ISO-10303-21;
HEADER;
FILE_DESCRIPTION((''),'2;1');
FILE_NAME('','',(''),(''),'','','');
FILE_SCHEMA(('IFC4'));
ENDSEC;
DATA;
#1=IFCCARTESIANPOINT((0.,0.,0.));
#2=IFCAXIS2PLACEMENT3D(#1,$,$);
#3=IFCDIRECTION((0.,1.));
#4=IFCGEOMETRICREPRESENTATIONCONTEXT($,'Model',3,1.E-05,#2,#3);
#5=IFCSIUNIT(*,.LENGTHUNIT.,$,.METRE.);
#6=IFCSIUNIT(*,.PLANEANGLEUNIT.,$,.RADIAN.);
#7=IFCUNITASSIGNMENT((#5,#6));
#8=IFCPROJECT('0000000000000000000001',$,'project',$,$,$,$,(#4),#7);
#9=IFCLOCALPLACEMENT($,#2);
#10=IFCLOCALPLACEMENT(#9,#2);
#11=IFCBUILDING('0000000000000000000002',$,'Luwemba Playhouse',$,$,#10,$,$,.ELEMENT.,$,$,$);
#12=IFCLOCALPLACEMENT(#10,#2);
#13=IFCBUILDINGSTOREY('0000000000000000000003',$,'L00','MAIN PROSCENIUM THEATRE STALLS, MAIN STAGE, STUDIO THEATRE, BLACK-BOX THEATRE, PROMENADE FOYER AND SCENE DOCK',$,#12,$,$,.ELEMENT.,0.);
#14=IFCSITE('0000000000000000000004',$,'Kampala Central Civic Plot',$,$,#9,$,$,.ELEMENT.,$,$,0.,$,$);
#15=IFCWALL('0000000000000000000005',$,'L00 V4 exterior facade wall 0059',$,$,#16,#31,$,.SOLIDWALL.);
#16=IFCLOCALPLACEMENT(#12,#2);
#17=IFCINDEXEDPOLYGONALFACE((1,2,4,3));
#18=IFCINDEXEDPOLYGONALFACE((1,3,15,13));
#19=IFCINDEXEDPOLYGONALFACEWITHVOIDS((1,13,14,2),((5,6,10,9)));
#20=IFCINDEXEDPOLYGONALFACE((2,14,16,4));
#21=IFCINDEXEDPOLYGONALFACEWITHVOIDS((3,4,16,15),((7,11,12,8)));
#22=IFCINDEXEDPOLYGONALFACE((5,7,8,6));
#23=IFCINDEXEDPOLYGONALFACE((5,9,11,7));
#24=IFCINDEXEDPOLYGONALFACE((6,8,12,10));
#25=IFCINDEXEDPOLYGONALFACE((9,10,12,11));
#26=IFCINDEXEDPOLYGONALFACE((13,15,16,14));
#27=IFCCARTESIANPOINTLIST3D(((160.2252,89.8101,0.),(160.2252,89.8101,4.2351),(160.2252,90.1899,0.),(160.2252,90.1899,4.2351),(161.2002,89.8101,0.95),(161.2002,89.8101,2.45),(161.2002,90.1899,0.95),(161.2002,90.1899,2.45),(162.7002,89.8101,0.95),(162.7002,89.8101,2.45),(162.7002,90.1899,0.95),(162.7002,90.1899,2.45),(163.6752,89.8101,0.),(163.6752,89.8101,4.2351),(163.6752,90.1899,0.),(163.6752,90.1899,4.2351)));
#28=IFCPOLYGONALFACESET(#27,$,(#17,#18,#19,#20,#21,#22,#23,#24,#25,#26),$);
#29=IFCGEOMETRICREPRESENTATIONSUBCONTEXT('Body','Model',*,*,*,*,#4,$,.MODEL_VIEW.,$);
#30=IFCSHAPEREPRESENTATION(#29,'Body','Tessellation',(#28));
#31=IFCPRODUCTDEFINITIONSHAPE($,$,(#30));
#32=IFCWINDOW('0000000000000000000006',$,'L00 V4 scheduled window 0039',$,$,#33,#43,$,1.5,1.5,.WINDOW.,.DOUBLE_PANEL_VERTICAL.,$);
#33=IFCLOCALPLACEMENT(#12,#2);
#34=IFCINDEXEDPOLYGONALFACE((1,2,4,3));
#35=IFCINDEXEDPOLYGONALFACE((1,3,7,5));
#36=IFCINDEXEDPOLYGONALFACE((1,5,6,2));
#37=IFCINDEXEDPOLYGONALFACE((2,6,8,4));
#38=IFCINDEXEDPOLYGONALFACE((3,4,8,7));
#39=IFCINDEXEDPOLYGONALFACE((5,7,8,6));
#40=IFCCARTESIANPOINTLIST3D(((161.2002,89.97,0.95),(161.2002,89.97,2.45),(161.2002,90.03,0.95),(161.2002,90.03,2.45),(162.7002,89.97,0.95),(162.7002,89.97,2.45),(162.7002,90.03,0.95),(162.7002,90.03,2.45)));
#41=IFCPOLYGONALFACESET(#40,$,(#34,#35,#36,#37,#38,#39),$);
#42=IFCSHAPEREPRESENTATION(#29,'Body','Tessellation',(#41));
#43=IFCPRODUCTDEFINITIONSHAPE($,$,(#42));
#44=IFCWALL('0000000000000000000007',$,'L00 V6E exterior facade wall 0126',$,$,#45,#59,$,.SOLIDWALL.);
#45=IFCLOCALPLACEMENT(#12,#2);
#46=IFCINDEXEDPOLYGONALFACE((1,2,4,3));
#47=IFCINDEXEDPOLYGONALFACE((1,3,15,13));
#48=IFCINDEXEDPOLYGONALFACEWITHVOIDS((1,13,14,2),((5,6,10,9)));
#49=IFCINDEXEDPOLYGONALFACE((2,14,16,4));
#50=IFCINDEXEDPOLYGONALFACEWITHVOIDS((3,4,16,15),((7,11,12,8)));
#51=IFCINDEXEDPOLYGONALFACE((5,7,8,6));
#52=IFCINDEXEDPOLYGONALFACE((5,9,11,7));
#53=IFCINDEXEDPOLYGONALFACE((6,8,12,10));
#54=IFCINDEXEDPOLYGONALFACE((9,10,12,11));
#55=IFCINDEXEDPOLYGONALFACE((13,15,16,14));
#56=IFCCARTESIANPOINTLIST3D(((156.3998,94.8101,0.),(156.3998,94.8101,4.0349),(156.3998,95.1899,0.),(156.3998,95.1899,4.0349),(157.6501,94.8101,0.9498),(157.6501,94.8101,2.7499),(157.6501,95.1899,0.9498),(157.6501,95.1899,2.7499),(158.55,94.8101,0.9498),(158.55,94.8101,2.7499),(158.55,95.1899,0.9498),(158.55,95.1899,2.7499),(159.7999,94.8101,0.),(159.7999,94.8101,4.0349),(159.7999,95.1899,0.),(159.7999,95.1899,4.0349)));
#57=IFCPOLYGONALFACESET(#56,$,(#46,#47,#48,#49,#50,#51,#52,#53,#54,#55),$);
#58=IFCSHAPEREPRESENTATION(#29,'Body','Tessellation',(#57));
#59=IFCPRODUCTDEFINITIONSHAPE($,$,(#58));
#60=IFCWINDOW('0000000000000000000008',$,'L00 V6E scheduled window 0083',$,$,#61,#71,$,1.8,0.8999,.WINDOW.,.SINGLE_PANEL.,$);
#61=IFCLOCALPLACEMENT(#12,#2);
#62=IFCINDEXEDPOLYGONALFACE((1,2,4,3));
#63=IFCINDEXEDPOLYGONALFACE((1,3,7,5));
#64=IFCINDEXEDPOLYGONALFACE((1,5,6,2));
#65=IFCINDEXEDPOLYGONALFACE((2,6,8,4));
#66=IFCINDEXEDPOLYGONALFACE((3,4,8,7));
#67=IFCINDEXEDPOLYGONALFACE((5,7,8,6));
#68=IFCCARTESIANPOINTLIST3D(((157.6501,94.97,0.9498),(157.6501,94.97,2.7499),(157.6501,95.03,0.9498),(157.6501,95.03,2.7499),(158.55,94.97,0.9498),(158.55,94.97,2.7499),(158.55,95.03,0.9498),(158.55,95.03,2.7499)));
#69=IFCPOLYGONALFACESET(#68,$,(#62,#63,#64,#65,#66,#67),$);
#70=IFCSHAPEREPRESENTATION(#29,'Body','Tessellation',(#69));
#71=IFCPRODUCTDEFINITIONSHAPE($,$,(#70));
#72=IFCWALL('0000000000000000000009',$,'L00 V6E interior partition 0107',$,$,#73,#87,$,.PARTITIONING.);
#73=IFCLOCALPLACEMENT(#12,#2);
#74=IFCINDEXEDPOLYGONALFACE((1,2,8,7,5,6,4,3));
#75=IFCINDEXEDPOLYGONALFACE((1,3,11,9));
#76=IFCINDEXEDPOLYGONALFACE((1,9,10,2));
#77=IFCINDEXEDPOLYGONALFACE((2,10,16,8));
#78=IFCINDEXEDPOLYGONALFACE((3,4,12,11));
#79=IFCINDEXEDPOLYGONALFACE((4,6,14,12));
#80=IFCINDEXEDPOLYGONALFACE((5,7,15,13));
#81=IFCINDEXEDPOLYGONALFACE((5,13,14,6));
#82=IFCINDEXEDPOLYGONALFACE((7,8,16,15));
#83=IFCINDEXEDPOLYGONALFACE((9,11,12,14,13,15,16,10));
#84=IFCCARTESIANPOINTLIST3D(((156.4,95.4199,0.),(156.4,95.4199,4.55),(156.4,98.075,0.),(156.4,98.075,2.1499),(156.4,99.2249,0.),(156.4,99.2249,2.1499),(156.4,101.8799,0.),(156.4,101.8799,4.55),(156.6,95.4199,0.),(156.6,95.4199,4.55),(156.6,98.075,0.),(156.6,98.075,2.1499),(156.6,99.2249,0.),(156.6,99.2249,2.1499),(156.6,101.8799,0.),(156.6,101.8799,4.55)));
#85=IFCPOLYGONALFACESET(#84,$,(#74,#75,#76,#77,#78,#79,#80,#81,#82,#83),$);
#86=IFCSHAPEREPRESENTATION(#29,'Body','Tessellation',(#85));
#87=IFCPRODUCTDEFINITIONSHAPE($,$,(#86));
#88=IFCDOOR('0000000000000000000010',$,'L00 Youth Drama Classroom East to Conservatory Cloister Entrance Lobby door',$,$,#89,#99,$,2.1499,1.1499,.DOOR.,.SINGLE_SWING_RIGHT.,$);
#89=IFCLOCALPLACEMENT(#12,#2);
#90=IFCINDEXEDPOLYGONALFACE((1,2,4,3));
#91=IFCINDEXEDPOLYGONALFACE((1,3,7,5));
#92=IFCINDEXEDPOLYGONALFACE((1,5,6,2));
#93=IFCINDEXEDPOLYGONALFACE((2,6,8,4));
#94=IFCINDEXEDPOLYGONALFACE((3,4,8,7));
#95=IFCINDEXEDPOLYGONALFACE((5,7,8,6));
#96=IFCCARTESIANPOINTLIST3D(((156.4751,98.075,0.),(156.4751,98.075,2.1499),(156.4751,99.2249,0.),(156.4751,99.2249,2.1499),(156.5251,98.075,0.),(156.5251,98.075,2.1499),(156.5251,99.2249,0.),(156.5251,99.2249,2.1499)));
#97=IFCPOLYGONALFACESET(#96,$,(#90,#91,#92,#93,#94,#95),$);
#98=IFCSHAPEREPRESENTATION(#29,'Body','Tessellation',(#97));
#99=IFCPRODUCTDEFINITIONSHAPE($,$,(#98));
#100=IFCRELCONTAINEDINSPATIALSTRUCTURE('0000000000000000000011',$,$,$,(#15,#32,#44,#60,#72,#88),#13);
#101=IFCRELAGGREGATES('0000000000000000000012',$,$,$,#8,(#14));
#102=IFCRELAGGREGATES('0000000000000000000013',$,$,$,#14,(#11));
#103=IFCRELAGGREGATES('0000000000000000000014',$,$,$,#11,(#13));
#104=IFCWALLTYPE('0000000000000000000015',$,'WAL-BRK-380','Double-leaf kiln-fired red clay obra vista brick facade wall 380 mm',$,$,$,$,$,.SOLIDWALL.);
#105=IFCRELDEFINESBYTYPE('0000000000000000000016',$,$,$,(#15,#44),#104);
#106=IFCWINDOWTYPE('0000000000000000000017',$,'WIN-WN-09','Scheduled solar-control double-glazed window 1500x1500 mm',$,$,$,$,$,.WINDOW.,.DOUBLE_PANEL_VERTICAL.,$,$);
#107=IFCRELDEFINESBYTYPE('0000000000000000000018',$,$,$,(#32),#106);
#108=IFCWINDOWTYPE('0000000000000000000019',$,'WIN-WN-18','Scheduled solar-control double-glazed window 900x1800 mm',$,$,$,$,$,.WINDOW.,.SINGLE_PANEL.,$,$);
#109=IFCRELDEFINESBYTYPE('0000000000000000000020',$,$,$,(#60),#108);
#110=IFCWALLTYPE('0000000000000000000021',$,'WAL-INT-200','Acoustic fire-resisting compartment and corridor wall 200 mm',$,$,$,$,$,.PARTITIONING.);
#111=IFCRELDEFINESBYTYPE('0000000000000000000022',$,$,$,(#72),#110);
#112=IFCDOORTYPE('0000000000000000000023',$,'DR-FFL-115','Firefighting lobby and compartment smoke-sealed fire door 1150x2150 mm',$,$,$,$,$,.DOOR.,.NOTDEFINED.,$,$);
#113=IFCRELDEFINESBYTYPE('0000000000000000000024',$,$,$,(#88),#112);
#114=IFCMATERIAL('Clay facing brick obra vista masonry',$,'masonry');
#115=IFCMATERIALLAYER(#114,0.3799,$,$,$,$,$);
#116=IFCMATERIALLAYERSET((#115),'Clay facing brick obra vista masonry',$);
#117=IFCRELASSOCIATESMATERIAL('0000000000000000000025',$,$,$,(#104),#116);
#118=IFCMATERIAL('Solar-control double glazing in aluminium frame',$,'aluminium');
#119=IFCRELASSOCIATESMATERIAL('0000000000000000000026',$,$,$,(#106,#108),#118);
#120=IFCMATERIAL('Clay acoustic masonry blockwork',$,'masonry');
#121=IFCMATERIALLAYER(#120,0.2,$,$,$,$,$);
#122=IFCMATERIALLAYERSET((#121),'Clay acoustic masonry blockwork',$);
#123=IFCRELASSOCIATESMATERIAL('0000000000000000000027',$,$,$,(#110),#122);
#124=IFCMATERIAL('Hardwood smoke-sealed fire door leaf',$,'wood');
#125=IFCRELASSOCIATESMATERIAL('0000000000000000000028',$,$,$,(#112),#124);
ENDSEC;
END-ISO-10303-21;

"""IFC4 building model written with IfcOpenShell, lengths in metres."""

from ifc_helpers import new_model, si_unit, direction, frame, frame_2d, origin, place, context, subcontext, project, spatial, rectangle, extrude, material, layer, layer_set, type_object, element, fill, save


model = new_model("IFC4")

# Units and contexts
model_context = context("Model", 3, precision=1e-05, world=origin(), true_north=direction((0.0, 1.0)))
body_context = subcontext(model_context, "Body", "Model", "MODEL_VIEW")
ifc_project = project(units=[si_unit("LENGTHUNIT", "METRE"), si_unit("PLANEANGLEUNIT", "RADIAN")], contexts=[model_context])

# Site, building, storey
site_placement = place(None, origin())
site = spatial("IfcSite", under=ifc_project, at=site_placement, Name="Kampala Central Civic Plot", CompositionType="ELEMENT", RefElevation=0.0)
building_placement = place(site_placement, origin())
building = spatial("IfcBuilding", under=site, at=building_placement, Name="Luwemba Playhouse", CompositionType="ELEMENT")
storey_placement = place(building_placement, origin())
storey = spatial("IfcBuildingStorey", under=building, at=storey_placement, Name="L00", Description="MAIN PROSCENIUM THEATRE STALLS, MAIN STAGE, STUDIO THEATRE, BLACK-BOX THEATRE, PROMENADE FOYER AND SCENE DOCK", CompositionType="ELEMENT", Elevation=0.0)

# Walls, openings, windows
ifc_material_1 = material(Name="Clay facing brick obra vista masonry", Category="masonry")
ifc_layer_1 = layer(ifc_material_1, 0.3799)
ifc_layer_set_1 = layer_set([ifc_layer_1], Name="Clay facing brick obra vista masonry")
wall_type_1 = type_object("IfcWallType", Name="WAL-BRK-380", Description="Double-leaf kiln-fired red clay obra vista brick facade wall 380 mm", PredefinedType="SOLIDWALL", material=ifc_layer_set_1)
ifc_material_2 = material(Name="Solar-control double glazing in aluminium frame", Category="aluminium")
wall_1_placement = place(storey_placement, frame((160.2251, 90.0, 0.0), z_axis=(0.0, 0.0, 1.0), x_axis=(1.0, 0.0, 0.0)))
wall_1 = element("IfcWall", 1, at=wall_1_placement, inside=storey, type_object=wall_type_1, Name="L00 V4 exterior facade wall 0059", PredefinedType="SOLIDWALL", context=body_context, shape_type="SweptSolid", body=[
    extrude(rectangle(XDim=3.45, YDim=0.3799, at=frame_2d((1.7251, 0.0))), origin(), (0.0, 0.0, 1.0), 4.2351),
])
opening_1_placement = place(wall_1_placement, frame((0.9751, 0.0, 0.95)))
opening_1 = element("IfcOpeningElement", 2, at=opening_1_placement, cuts=wall_1, PredefinedType="OPENING", context=body_context, shape_type="SweptSolid", body=[
    extrude(rectangle(XDim=1.5, YDim=1.5, at=frame_2d((0.75, 0.75))), frame((0.0, 0.2, 0.0), z_axis=(0.0, -1.0, 0.0), x_axis=(1.0, 0.0, 0.0)), (0.0, 0.0, 1.0), 0.3999),
])
window_type_1 = type_object("IfcWindowType", Name="WIN-WN-09", Description="Scheduled solar-control double-glazed window 1500x1500 mm", PartitioningType="DOUBLE_PANEL_VERTICAL", PredefinedType="WINDOW", material=ifc_material_2)
window_1_placement = place(opening_1_placement, origin())
window_1 = element("IfcWindow", 3, at=window_1_placement, inside=storey, type_object=window_type_1, Name="L00 V4 scheduled window 0039", OverallHeight=1.5, OverallWidth=1.5, PartitioningType="DOUBLE_PANEL_VERTICAL", PredefinedType="WINDOW", context=body_context, shape_type="SweptSolid", body=[
    extrude(rectangle(XDim=1.5, YDim=1.5, at=frame_2d((0.75, 0.75))), frame((0.0, 0.03, 0.0), z_axis=(0.0, -1.0, 0.0), x_axis=(1.0, 0.0, 0.0)), (0.0, 0.0, 1.0), 0.0601),
])
fill(opening_1, window_1)
wall_2_placement = place(storey_placement, frame((159.8, 95.0, 0.0), z_axis=(0.0, 0.0, 1.0), x_axis=(-1.0, 0.0, 0.0)))
wall_2 = element("IfcWall", 4, at=wall_2_placement, inside=storey, type_object=wall_type_1, Name="L00 V6E exterior facade wall 0126", PredefinedType="SOLIDWALL", context=body_context, shape_type="SweptSolid", body=[
    extrude(rectangle(XDim=3.4001, YDim=0.3799, at=frame_2d((1.7002, 0.0))), origin(), (0.0, 0.0, 1.0), 4.0349),
])
opening_2_placement = place(wall_2_placement, frame((1.25, 0.0, 0.95)))
opening_2 = element("IfcOpeningElement", 5, at=opening_2_placement, cuts=wall_2, PredefinedType="OPENING", context=body_context, shape_type="SweptSolid", body=[
    extrude(rectangle(XDim=0.8999, YDim=1.8, at=frame_2d((0.45, 0.8999))), frame((0.0, 0.2, 0.0), z_axis=(0.0, -1.0, 0.0), x_axis=(1.0, 0.0, 0.0)), (0.0, 0.0, 1.0), 0.3999),
])
window_type_2 = type_object("IfcWindowType", Name="WIN-WN-18", Description="Scheduled solar-control double-glazed window 900x1800 mm", PartitioningType="SINGLE_PANEL", PredefinedType="WINDOW", material=ifc_material_2)
window_2_placement = place(opening_2_placement, origin())
window_2 = element("IfcWindow", 6, at=window_2_placement, inside=storey, type_object=window_type_2, Name="L00 V6E scheduled window 0083", OverallHeight=1.8, OverallWidth=0.8999, PartitioningType="SINGLE_PANEL", PredefinedType="WINDOW", context=body_context, shape_type="SweptSolid", body=[
    extrude(rectangle(XDim=0.8999, YDim=1.8, at=frame_2d((0.45, 0.8999))), frame((0.0, 0.03, 0.0), z_axis=(0.0, -1.0, 0.0), x_axis=(1.0, 0.0, 0.0)), (0.0, 0.0, 1.0), 0.0601),
])
fill(opening_2, window_2)

# Wall, opening, door
ifc_material_3 = material(Name="Clay acoustic masonry blockwork", Category="masonry")
ifc_layer_2 = layer(ifc_material_3, 0.2)
ifc_layer_set_2 = layer_set([ifc_layer_2], Name="Clay acoustic masonry blockwork")
wall_type_2 = type_object("IfcWallType", Name="WAL-INT-200", Description="Acoustic fire-resisting compartment and corridor wall 200 mm", PredefinedType="PARTITIONING", material=ifc_layer_set_2)
wall_3_placement = place(storey_placement, frame((156.5, 95.4199, 0.0), z_axis=(0.0, 0.0, 1.0), x_axis=(0.0, 1.0, 0.0)))
wall_3 = element("IfcWall", 7, at=wall_3_placement, inside=storey, type_object=wall_type_2, Name="L00 V6E interior partition 0107", PredefinedType="PARTITIONING", context=body_context, shape_type="SweptSolid", body=[
    extrude(rectangle(XDim=6.46, YDim=0.2, at=frame_2d((3.23, 0.0))), origin(), (0.0, 0.0, 1.0), 4.55),
])
opening_3_placement = place(wall_3_placement, frame((2.655, 0.0, 0.0)))
opening_3 = element("IfcOpeningElement", 8, at=opening_3_placement, cuts=wall_3, PredefinedType="OPENING", context=body_context, shape_type="SweptSolid", body=[
    extrude(rectangle(XDim=1.1499, YDim=2.1499, at=frame_2d((0.575, 1.075))), frame((0.0, 0.1099, 0.0), z_axis=(0.0, -1.0, 0.0), x_axis=(1.0, 0.0, 0.0)), (0.0, 0.0, 1.0), 0.22),
])
ifc_material_4 = material(Name="Hardwood smoke-sealed fire door leaf", Category="wood")
door_type = type_object("IfcDoorType", Name="DR-FFL-115", Description="Firefighting lobby and compartment smoke-sealed fire door 1150x2150 mm", OperationType="NOTDEFINED", PredefinedType="DOOR", material=ifc_material_4)
door_placement = place(opening_3_placement, origin())
door = element("IfcDoor", 9, at=door_placement, inside=storey, type_object=door_type, Name="L00 Youth Drama Classroom East to Conservatory Cloister Entrance Lobby door", OperationType="SINGLE_SWING_RIGHT", OverallHeight=2.1499, OverallWidth=1.1499, PredefinedType="DOOR", context=body_context, shape_type="SweptSolid", body=[
    extrude(rectangle(XDim=1.1499, YDim=2.1499, at=frame_2d((0.575, 1.075))), frame((0.0, 0.0249, 0.0), z_axis=(0.0, -1.0, 0.0), x_axis=(1.0, 0.0, 0.0)), (0.0, 0.0, 1.0), 0.05),
])
fill(opening_3, door)

save(model, "model.ifc")
